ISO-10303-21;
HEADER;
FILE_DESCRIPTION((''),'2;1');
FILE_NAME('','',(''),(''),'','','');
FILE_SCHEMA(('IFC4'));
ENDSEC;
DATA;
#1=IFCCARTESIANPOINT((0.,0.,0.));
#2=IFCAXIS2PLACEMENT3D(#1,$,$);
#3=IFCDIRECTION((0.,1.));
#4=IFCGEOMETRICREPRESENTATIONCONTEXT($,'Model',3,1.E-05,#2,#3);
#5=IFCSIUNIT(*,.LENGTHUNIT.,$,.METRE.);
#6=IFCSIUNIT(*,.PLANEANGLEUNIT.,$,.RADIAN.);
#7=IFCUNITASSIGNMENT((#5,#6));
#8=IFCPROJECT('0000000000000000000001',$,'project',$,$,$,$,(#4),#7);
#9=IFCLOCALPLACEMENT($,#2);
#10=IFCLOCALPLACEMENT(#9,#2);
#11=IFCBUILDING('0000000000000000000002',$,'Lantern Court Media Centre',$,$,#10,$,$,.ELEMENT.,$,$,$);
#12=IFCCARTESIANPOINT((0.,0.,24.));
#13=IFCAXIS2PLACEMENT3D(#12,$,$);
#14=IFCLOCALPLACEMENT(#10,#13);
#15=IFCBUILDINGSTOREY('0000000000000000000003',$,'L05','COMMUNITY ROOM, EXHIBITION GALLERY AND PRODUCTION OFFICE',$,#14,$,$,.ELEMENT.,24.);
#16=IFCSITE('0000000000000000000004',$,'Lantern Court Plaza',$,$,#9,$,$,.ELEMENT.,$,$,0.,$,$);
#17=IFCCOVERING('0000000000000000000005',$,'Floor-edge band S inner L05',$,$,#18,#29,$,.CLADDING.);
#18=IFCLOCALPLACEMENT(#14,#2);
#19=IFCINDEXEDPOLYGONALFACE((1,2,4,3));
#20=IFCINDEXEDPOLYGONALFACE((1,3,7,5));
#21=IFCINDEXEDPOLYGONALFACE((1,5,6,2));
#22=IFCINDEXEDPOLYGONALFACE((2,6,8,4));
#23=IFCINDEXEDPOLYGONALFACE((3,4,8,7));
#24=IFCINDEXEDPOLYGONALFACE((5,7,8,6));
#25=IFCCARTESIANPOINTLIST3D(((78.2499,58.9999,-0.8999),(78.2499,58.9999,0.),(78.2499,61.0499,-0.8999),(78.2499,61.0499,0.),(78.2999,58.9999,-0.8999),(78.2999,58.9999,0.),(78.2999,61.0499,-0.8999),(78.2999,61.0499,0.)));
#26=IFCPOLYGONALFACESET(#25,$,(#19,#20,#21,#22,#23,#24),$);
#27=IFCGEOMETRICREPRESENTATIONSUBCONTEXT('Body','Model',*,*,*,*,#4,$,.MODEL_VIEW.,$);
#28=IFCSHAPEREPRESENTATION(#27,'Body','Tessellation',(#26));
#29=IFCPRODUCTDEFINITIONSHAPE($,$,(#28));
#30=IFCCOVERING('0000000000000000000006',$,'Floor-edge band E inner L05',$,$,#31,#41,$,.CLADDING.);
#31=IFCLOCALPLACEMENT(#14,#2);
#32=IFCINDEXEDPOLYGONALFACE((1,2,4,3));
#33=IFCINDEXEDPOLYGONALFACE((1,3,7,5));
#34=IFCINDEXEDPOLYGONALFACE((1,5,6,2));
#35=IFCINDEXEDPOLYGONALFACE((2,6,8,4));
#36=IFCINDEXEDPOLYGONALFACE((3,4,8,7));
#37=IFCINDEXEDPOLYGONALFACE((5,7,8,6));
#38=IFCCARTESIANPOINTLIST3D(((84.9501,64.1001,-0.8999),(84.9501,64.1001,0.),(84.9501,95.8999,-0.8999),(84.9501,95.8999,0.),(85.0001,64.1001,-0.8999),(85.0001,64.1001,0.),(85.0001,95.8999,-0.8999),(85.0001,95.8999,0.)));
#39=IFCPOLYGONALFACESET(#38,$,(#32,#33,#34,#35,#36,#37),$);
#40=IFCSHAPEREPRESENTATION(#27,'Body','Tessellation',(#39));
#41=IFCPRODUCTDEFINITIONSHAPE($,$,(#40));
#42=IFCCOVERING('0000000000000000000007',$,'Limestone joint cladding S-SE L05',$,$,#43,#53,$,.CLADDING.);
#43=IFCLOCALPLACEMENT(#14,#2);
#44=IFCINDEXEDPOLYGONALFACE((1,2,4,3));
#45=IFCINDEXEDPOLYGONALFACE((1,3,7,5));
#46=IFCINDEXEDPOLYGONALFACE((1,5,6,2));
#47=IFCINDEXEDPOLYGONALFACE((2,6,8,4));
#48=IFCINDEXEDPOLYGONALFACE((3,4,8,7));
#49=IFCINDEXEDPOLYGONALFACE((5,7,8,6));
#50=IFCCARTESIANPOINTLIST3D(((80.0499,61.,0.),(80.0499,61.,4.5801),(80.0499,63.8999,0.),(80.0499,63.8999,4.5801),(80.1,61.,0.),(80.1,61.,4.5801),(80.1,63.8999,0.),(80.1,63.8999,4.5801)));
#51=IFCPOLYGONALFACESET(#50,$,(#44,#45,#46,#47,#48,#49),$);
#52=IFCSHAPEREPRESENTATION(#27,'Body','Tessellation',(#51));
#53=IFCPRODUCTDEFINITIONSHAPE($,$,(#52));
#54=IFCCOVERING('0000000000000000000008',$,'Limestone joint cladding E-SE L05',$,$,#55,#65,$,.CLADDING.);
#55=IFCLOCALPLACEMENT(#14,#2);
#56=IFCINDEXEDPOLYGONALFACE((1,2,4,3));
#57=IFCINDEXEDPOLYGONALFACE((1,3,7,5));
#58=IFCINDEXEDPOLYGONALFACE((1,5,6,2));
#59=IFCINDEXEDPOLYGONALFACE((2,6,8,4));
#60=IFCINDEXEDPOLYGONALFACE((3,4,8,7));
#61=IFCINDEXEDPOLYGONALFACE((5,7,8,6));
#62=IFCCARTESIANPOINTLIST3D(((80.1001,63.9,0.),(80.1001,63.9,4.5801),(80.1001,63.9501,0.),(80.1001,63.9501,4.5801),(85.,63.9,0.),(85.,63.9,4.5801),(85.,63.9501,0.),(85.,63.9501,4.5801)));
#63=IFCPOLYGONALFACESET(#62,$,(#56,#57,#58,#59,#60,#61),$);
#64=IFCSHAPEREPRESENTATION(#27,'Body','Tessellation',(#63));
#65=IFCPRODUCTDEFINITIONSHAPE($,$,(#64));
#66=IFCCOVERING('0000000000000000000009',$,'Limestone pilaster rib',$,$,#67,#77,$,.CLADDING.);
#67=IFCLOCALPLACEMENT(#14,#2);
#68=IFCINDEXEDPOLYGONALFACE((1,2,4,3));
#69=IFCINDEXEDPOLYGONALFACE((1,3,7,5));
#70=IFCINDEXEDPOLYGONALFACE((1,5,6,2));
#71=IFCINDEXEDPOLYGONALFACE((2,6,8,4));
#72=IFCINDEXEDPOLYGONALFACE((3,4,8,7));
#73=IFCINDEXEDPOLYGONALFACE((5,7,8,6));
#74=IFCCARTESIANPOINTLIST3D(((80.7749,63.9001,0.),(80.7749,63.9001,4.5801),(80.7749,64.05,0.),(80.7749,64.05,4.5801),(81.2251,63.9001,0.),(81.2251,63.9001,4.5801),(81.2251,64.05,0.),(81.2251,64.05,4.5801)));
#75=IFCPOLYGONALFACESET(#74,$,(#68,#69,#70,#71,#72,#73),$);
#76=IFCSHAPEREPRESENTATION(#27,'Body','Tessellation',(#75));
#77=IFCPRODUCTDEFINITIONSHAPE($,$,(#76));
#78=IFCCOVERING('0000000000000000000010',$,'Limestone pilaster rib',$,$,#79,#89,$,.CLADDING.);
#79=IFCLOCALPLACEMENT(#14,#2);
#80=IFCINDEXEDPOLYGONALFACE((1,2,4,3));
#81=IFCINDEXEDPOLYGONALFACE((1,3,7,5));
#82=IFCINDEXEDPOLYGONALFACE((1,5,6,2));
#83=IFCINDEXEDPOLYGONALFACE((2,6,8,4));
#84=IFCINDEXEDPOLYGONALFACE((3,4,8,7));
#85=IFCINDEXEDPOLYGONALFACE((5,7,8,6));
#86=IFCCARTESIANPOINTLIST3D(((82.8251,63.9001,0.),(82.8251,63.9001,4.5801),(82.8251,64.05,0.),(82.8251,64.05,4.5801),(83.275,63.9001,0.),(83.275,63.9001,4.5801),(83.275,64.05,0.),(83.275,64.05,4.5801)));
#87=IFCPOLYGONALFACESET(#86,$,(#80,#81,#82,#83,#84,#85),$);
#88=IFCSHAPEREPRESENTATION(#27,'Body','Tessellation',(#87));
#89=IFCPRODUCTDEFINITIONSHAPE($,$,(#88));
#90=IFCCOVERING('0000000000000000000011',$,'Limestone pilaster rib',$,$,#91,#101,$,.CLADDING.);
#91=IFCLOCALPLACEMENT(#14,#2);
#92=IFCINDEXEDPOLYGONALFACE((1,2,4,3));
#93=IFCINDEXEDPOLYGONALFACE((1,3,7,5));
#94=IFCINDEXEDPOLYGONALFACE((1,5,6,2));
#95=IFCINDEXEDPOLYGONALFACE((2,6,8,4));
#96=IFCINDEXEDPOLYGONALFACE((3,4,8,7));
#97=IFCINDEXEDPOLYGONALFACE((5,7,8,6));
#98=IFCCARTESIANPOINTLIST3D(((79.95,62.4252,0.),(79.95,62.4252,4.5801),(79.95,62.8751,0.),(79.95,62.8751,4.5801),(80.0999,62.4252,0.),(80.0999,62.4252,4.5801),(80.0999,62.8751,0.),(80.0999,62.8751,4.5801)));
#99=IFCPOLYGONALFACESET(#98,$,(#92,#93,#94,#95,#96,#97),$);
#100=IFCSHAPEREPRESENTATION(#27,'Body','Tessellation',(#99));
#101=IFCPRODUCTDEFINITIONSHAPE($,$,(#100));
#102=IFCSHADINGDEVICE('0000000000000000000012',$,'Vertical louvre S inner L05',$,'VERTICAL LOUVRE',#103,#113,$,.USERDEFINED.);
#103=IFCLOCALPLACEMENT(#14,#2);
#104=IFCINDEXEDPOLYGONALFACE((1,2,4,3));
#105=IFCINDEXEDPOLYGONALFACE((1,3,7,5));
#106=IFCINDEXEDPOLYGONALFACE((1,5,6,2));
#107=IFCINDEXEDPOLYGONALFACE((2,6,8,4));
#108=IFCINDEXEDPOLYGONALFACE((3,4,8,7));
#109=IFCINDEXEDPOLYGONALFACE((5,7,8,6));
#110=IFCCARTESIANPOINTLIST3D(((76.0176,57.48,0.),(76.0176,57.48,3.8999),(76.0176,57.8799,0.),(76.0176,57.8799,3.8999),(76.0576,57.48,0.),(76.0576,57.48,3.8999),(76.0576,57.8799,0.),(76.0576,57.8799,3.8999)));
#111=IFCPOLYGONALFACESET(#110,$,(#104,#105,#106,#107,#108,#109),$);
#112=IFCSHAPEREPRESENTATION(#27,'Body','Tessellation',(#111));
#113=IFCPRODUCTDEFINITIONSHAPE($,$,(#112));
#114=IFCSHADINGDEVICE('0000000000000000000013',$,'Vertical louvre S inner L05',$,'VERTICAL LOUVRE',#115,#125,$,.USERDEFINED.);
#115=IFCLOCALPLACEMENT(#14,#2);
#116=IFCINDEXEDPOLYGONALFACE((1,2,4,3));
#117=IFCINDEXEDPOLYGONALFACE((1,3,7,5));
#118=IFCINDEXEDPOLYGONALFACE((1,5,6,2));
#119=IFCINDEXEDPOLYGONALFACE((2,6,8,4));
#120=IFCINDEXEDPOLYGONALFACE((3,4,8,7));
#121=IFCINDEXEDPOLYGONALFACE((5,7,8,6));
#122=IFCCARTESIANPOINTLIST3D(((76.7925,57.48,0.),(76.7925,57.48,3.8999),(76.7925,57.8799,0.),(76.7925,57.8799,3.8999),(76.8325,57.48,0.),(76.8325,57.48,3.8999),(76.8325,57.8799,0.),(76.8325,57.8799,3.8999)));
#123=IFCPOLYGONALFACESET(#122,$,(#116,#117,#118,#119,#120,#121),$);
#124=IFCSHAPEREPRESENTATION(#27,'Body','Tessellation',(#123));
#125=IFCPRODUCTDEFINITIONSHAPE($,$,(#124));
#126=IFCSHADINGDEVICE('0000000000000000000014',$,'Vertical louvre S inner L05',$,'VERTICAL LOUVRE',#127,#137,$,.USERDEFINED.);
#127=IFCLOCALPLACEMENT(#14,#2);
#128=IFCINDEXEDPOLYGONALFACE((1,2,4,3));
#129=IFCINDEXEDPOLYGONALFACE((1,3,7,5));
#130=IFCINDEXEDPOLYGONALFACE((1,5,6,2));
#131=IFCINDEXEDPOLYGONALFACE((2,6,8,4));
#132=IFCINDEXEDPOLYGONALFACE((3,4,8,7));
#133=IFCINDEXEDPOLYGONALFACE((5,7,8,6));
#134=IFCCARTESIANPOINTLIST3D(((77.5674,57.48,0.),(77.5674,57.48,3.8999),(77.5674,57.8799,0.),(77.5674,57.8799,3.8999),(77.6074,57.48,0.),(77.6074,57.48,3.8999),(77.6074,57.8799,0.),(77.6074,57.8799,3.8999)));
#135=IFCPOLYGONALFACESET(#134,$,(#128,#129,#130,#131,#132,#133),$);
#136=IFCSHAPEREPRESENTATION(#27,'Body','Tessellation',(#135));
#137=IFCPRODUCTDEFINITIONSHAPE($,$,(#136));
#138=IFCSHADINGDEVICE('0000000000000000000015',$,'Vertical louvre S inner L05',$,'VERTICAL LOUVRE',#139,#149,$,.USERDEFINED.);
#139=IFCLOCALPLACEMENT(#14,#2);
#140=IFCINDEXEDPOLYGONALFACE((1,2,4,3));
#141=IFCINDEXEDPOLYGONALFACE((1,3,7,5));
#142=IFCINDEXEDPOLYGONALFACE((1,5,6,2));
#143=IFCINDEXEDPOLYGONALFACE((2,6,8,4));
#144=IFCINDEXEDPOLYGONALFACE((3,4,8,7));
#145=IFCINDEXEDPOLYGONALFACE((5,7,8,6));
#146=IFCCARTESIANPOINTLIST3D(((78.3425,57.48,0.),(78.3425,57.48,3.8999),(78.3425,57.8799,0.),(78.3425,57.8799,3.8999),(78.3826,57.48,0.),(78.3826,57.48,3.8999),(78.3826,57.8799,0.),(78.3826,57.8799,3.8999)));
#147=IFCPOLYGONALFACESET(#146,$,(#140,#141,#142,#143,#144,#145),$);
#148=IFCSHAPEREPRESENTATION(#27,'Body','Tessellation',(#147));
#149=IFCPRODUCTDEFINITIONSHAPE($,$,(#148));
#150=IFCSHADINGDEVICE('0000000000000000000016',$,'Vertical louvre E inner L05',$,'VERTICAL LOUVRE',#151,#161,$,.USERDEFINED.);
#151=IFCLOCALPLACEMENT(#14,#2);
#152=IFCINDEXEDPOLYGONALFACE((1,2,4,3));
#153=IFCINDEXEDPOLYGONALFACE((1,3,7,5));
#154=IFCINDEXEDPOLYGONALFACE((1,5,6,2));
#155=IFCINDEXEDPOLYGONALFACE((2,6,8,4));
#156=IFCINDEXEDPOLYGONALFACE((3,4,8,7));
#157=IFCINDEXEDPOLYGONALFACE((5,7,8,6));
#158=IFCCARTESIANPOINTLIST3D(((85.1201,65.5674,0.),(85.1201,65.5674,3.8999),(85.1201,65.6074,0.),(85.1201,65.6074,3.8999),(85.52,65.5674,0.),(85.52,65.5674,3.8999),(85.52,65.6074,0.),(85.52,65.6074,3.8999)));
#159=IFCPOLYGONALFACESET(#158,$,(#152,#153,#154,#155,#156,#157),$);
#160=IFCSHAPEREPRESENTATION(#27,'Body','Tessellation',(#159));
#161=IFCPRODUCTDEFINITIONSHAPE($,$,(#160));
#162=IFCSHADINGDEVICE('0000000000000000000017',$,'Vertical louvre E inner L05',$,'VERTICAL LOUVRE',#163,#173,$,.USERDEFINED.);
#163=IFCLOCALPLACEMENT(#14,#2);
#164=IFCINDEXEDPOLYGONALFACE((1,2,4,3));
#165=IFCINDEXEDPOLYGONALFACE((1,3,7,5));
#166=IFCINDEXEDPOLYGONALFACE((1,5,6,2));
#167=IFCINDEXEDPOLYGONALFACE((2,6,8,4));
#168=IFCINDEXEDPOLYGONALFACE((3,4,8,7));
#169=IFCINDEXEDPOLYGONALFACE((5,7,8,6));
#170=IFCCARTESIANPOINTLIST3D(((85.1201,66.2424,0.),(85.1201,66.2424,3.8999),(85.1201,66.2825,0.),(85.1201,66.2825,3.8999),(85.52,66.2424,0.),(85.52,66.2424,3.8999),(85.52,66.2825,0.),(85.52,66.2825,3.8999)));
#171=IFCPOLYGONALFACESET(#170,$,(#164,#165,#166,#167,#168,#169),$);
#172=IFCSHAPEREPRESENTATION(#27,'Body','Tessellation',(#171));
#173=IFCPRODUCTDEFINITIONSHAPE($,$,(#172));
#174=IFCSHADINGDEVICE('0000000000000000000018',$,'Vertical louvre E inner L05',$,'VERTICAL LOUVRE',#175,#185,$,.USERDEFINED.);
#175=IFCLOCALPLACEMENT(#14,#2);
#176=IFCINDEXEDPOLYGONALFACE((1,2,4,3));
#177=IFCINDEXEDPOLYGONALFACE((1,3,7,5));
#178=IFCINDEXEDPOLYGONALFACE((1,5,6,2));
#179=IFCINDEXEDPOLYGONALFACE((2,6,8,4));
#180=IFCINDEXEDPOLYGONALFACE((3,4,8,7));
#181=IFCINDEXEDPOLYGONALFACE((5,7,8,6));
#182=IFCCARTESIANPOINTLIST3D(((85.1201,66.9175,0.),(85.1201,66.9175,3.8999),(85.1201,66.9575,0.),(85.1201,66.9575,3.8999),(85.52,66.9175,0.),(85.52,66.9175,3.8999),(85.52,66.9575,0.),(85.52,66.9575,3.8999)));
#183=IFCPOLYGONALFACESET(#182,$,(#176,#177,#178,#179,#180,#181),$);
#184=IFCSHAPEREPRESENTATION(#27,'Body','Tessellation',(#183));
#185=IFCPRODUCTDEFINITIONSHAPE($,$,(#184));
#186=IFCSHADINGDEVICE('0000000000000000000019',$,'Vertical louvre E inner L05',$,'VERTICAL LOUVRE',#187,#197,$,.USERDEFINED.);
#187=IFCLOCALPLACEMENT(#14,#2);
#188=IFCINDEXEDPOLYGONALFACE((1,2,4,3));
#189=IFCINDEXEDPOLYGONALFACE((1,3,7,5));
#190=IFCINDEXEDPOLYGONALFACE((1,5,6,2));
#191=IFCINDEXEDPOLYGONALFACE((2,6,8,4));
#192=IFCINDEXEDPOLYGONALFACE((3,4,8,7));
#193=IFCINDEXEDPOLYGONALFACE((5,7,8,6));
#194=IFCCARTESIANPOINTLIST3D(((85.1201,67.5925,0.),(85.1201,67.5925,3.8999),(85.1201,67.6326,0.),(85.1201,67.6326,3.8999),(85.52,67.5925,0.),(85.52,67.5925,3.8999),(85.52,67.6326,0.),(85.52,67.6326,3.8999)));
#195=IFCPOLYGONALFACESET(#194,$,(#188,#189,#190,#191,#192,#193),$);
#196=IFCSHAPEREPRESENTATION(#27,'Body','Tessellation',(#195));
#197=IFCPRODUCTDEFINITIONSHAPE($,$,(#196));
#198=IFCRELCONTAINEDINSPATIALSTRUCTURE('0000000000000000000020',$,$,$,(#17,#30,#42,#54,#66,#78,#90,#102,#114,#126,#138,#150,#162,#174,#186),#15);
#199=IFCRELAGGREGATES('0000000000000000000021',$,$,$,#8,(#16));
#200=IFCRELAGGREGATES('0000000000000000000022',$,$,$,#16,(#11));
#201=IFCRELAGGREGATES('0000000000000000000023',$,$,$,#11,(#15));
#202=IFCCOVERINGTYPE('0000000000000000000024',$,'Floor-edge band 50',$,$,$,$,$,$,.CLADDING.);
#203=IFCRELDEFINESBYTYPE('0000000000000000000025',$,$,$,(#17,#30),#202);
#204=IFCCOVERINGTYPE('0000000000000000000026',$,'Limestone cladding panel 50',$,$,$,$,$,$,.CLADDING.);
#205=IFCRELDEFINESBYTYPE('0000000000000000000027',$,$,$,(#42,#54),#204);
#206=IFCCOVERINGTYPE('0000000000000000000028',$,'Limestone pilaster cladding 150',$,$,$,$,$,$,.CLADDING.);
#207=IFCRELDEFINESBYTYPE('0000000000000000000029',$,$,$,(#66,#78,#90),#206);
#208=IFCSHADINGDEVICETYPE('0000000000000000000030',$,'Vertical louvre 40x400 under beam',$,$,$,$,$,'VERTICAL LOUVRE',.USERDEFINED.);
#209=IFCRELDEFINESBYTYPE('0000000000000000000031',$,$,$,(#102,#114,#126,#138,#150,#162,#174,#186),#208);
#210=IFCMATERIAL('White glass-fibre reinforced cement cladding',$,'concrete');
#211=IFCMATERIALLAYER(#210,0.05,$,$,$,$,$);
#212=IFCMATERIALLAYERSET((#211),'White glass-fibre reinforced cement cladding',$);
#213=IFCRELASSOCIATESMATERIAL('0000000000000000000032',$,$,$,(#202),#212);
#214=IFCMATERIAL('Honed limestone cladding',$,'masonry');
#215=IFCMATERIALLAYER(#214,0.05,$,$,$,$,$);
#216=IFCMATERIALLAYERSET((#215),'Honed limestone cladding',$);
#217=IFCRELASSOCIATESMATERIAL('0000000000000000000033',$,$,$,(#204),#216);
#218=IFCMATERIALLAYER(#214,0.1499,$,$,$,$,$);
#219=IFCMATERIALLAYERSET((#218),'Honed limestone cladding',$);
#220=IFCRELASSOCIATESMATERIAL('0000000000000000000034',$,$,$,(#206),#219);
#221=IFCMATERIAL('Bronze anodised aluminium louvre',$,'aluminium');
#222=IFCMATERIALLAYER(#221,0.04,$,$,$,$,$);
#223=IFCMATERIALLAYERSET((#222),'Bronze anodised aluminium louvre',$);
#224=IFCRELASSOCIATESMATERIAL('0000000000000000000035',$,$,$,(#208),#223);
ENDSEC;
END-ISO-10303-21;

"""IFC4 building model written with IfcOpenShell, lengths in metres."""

from ifc_helpers import new_model, si_unit, direction, frame, frame_2d, origin, origin_2d, place, context, subcontext, project, spatial, rectangle, extrude, material, layer, layer_set, type_object, element, save


model = new_model("IFC4")

# Units and contexts
model_context = context("Model", 3, precision=1e-05, world=origin(), true_north=direction((0.0, 1.0)))
body_context = subcontext(model_context, "Body", "Model", "MODEL_VIEW")
ifc_project = project(units=[si_unit("LENGTHUNIT", "METRE"), si_unit("PLANEANGLEUNIT", "RADIAN")], contexts=[model_context])

# Site, building, storey
site_placement = place(None, origin())
site = spatial("IfcSite", under=ifc_project, at=site_placement, Name="Lantern Court Plaza", CompositionType="ELEMENT", RefElevation=0.0)
building_placement = place(site_placement, origin())
building = spatial("IfcBuilding", under=site, at=building_placement, Name="Lantern Court Media Centre", CompositionType="ELEMENT")
storey_placement = place(building_placement, frame((0.0, 0.0, 24.0)))
storey = spatial("IfcBuildingStorey", under=building, at=storey_placement, Name="L05", Description="COMMUNITY ROOM, EXHIBITION GALLERY AND PRODUCTION OFFICE", CompositionType="ELEMENT", Elevation=24.0)

# Coverings
ifc_material_1 = material(Name="White glass-fibre reinforced cement cladding", Category="concrete")
ifc_layer_1 = layer(ifc_material_1, 0.05)
ifc_layer_set_1 = layer_set([ifc_layer_1], Name="White glass-fibre reinforced cement cladding")
covering_type_1 = type_object("IfcCoveringType", Name="Floor-edge band 50", PredefinedType="CLADDING", material=ifc_layer_set_1)
covering_1_placement = place(storey_placement, frame((78.2749, 59.0, -0.8999), z_axis=(0.0, 0.0, 1.0), x_axis=(0.0, 1.0, 0.0)))
element("IfcCovering", 1, at=covering_1_placement, inside=storey, type_object=covering_type_1, Name="Floor-edge band S inner L05", PredefinedType="CLADDING", context=body_context, shape_type="SweptSolid", body=[
    extrude(rectangle(XDim=2.05, YDim=0.05, at=frame_2d((1.0249, 0.0))), origin(), (0.0, 0.0, 1.0), 0.8999),
])
covering_2_placement = place(storey_placement, frame((84.9751, 64.1001, -0.8999), z_axis=(0.0, 0.0, 1.0), x_axis=(0.0, 1.0, 0.0)))
element("IfcCovering", 2, at=covering_2_placement, inside=storey, type_object=covering_type_1, Name="Floor-edge band E inner L05", PredefinedType="CLADDING", context=body_context, shape_type="SweptSolid", body=[
    extrude(rectangle(XDim=31.7998, YDim=0.05, at=frame_2d((15.8999, 0.0))), origin(), (0.0, 0.0, 1.0), 0.8999),
])
ifc_material_2 = material(Name="Honed limestone cladding", Category="masonry")
ifc_layer_2 = layer(ifc_material_2, 0.05)
ifc_layer_set_2 = layer_set([ifc_layer_2], Name="Honed limestone cladding")
covering_type_2 = type_object("IfcCoveringType", Name="Limestone cladding panel 50", PredefinedType="CLADDING", material=ifc_layer_set_2)
covering_3_placement = place(storey_placement, frame((80.075, 61.0, 0.0), z_axis=(0.0, 0.0, 1.0), x_axis=(0.0, 1.0, 0.0)))
element("IfcCovering", 3, at=covering_3_placement, inside=storey, type_object=covering_type_2, Name="Limestone joint cladding S-SE L05", PredefinedType="CLADDING", context=body_context, shape_type="SweptSolid", body=[
    extrude(rectangle(XDim=2.8999, YDim=0.05, at=frame_2d((1.45, 0.0))), origin(), (0.0, 0.0, 1.0), 4.5801),
])
covering_4_placement = place(storey_placement, frame((80.1001, 63.925, 0.0), z_axis=(0.0, 0.0, 1.0), x_axis=(1.0, 0.0, 0.0)))
element("IfcCovering", 4, at=covering_4_placement, inside=storey, type_object=covering_type_2, Name="Limestone joint cladding E-SE L05", PredefinedType="CLADDING", context=body_context, shape_type="SweptSolid", body=[
    extrude(rectangle(XDim=4.8999, YDim=0.05, at=frame_2d((2.45, 0.0))), origin(), (0.0, 0.0, 1.0), 4.5801),
])
ifc_layer_3 = layer(ifc_material_2, 0.1499)
ifc_layer_set_3 = layer_set([ifc_layer_3], Name="Honed limestone cladding")
covering_type_3 = type_object("IfcCoveringType", Name="Limestone pilaster cladding 150", PredefinedType="CLADDING", material=ifc_layer_set_3)
covering_5_placement = place(storey_placement, frame((80.7749, 63.9751, 0.0), z_axis=(0.0, 0.0, 1.0), x_axis=(1.0, 0.0, 0.0)))
element("IfcCovering", 5, at=covering_5_placement, inside=storey, type_object=covering_type_3, Name="Limestone pilaster rib", PredefinedType="CLADDING", context=body_context, shape_type="SweptSolid", body=[
    extrude(rectangle(XDim=0.4502, YDim=0.1499, at=frame_2d((0.2251, 0.0))), origin(), (0.0, 0.0, 1.0), 4.5801),
])
for number, where, z_axis, x_axis, name in (
    (6, (82.825, 63.9751, 0.0), (0.0, 0.0, 1.0), (1.0, 0.0, 0.0), "Limestone pilaster rib"),
    (7, (80.0249, 62.425, 0.0), (0.0, 0.0, 1.0), (0.0, 1.0, 0.0), "Limestone pilaster rib"),
):
    element("IfcCovering", number, at=place(storey_placement, frame(where, z_axis=z_axis, x_axis=x_axis)), inside=storey, type_object=covering_type_3, Name=name, PredefinedType="CLADDING", context=body_context, shape_type="SweptSolid", body=[
        extrude(rectangle(XDim=0.45, YDim=0.1499, at=frame_2d((0.2251, 0.0))), origin(), (0.0, 0.0, 1.0), 4.5801),
    ])

# Shading devices
ifc_material_3 = material(Name="Bronze anodised aluminium louvre", Category="aluminium")
ifc_layer_4 = layer(ifc_material_3, 0.04)
ifc_layer_set_4 = layer_set([ifc_layer_4], Name="Bronze anodised aluminium louvre")
shading_device_type = type_object("IfcShadingDeviceType", Name="Vertical louvre 40x400 under beam", ElementType="VERTICAL LOUVRE", PredefinedType="USERDEFINED", material=ifc_layer_set_4)
for number, where, z_axis, x_axis, name in (
    (8, (76.0376, 57.6799, 0.0), (0.0, 0.0, 1.0), (1.0, 0.0, 0.0), "Vertical louvre S inner L05"),
    (9, (76.8125, 57.6799, 0.0), (0.0, 0.0, 1.0), (1.0, 0.0, 0.0), "Vertical louvre S inner L05"),
    (10, (77.5874, 57.6799, 0.0), (0.0, 0.0, 1.0), (1.0, 0.0, 0.0), "Vertical louvre S inner L05"),
    (11, (78.3625, 57.6799, 0.0), (0.0, 0.0, 1.0), (1.0, 0.0, 0.0), "Vertical louvre S inner L05"),
):
    element("IfcShadingDevice", number, at=place(storey_placement, frame(where, z_axis=z_axis, x_axis=x_axis)), inside=storey, type_object=shading_device_type, Name=name, ObjectType="VERTICAL LOUVRE", PredefinedType="USERDEFINED", context=body_context, shape_type="SweptSolid", body=[
        extrude(rectangle(XDim=0.04, YDim=0.3999, at=origin_2d()), origin(), (0.0, 0.0, 1.0), 3.8999),
    ])
for number, where, z_axis, x_axis, name in (
    (12, (85.3201, 65.5874, 0.0), (0.0, 0.0, 1.0), (1.0, 0.0, 0.0), "Vertical louvre E inner L05"),
    (13, (85.3201, 66.2625, 0.0), (0.0, 0.0, 1.0), (1.0, 0.0, 0.0), "Vertical louvre E inner L05"),
    (14, (85.3201, 66.9375, 0.0), (0.0, 0.0, 1.0), (1.0, 0.0, 0.0), "Vertical louvre E inner L05"),
    (15, (85.3201, 67.6125, 0.0), (0.0, 0.0, 1.0), (1.0, 0.0, 0.0), "Vertical louvre E inner L05"),
):
    element("IfcShadingDevice", number, at=place(storey_placement, frame(where, z_axis=z_axis, x_axis=x_axis)), inside=storey, type_object=shading_device_type, Name=name, ObjectType="VERTICAL LOUVRE", PredefinedType="USERDEFINED", context=body_context, shape_type="SweptSolid", body=[
        extrude(rectangle(XDim=0.3999, YDim=0.04, at=origin_2d()), origin(), (0.0, 0.0, 1.0), 3.8999),
    ])

save(model, "model.ifc")
